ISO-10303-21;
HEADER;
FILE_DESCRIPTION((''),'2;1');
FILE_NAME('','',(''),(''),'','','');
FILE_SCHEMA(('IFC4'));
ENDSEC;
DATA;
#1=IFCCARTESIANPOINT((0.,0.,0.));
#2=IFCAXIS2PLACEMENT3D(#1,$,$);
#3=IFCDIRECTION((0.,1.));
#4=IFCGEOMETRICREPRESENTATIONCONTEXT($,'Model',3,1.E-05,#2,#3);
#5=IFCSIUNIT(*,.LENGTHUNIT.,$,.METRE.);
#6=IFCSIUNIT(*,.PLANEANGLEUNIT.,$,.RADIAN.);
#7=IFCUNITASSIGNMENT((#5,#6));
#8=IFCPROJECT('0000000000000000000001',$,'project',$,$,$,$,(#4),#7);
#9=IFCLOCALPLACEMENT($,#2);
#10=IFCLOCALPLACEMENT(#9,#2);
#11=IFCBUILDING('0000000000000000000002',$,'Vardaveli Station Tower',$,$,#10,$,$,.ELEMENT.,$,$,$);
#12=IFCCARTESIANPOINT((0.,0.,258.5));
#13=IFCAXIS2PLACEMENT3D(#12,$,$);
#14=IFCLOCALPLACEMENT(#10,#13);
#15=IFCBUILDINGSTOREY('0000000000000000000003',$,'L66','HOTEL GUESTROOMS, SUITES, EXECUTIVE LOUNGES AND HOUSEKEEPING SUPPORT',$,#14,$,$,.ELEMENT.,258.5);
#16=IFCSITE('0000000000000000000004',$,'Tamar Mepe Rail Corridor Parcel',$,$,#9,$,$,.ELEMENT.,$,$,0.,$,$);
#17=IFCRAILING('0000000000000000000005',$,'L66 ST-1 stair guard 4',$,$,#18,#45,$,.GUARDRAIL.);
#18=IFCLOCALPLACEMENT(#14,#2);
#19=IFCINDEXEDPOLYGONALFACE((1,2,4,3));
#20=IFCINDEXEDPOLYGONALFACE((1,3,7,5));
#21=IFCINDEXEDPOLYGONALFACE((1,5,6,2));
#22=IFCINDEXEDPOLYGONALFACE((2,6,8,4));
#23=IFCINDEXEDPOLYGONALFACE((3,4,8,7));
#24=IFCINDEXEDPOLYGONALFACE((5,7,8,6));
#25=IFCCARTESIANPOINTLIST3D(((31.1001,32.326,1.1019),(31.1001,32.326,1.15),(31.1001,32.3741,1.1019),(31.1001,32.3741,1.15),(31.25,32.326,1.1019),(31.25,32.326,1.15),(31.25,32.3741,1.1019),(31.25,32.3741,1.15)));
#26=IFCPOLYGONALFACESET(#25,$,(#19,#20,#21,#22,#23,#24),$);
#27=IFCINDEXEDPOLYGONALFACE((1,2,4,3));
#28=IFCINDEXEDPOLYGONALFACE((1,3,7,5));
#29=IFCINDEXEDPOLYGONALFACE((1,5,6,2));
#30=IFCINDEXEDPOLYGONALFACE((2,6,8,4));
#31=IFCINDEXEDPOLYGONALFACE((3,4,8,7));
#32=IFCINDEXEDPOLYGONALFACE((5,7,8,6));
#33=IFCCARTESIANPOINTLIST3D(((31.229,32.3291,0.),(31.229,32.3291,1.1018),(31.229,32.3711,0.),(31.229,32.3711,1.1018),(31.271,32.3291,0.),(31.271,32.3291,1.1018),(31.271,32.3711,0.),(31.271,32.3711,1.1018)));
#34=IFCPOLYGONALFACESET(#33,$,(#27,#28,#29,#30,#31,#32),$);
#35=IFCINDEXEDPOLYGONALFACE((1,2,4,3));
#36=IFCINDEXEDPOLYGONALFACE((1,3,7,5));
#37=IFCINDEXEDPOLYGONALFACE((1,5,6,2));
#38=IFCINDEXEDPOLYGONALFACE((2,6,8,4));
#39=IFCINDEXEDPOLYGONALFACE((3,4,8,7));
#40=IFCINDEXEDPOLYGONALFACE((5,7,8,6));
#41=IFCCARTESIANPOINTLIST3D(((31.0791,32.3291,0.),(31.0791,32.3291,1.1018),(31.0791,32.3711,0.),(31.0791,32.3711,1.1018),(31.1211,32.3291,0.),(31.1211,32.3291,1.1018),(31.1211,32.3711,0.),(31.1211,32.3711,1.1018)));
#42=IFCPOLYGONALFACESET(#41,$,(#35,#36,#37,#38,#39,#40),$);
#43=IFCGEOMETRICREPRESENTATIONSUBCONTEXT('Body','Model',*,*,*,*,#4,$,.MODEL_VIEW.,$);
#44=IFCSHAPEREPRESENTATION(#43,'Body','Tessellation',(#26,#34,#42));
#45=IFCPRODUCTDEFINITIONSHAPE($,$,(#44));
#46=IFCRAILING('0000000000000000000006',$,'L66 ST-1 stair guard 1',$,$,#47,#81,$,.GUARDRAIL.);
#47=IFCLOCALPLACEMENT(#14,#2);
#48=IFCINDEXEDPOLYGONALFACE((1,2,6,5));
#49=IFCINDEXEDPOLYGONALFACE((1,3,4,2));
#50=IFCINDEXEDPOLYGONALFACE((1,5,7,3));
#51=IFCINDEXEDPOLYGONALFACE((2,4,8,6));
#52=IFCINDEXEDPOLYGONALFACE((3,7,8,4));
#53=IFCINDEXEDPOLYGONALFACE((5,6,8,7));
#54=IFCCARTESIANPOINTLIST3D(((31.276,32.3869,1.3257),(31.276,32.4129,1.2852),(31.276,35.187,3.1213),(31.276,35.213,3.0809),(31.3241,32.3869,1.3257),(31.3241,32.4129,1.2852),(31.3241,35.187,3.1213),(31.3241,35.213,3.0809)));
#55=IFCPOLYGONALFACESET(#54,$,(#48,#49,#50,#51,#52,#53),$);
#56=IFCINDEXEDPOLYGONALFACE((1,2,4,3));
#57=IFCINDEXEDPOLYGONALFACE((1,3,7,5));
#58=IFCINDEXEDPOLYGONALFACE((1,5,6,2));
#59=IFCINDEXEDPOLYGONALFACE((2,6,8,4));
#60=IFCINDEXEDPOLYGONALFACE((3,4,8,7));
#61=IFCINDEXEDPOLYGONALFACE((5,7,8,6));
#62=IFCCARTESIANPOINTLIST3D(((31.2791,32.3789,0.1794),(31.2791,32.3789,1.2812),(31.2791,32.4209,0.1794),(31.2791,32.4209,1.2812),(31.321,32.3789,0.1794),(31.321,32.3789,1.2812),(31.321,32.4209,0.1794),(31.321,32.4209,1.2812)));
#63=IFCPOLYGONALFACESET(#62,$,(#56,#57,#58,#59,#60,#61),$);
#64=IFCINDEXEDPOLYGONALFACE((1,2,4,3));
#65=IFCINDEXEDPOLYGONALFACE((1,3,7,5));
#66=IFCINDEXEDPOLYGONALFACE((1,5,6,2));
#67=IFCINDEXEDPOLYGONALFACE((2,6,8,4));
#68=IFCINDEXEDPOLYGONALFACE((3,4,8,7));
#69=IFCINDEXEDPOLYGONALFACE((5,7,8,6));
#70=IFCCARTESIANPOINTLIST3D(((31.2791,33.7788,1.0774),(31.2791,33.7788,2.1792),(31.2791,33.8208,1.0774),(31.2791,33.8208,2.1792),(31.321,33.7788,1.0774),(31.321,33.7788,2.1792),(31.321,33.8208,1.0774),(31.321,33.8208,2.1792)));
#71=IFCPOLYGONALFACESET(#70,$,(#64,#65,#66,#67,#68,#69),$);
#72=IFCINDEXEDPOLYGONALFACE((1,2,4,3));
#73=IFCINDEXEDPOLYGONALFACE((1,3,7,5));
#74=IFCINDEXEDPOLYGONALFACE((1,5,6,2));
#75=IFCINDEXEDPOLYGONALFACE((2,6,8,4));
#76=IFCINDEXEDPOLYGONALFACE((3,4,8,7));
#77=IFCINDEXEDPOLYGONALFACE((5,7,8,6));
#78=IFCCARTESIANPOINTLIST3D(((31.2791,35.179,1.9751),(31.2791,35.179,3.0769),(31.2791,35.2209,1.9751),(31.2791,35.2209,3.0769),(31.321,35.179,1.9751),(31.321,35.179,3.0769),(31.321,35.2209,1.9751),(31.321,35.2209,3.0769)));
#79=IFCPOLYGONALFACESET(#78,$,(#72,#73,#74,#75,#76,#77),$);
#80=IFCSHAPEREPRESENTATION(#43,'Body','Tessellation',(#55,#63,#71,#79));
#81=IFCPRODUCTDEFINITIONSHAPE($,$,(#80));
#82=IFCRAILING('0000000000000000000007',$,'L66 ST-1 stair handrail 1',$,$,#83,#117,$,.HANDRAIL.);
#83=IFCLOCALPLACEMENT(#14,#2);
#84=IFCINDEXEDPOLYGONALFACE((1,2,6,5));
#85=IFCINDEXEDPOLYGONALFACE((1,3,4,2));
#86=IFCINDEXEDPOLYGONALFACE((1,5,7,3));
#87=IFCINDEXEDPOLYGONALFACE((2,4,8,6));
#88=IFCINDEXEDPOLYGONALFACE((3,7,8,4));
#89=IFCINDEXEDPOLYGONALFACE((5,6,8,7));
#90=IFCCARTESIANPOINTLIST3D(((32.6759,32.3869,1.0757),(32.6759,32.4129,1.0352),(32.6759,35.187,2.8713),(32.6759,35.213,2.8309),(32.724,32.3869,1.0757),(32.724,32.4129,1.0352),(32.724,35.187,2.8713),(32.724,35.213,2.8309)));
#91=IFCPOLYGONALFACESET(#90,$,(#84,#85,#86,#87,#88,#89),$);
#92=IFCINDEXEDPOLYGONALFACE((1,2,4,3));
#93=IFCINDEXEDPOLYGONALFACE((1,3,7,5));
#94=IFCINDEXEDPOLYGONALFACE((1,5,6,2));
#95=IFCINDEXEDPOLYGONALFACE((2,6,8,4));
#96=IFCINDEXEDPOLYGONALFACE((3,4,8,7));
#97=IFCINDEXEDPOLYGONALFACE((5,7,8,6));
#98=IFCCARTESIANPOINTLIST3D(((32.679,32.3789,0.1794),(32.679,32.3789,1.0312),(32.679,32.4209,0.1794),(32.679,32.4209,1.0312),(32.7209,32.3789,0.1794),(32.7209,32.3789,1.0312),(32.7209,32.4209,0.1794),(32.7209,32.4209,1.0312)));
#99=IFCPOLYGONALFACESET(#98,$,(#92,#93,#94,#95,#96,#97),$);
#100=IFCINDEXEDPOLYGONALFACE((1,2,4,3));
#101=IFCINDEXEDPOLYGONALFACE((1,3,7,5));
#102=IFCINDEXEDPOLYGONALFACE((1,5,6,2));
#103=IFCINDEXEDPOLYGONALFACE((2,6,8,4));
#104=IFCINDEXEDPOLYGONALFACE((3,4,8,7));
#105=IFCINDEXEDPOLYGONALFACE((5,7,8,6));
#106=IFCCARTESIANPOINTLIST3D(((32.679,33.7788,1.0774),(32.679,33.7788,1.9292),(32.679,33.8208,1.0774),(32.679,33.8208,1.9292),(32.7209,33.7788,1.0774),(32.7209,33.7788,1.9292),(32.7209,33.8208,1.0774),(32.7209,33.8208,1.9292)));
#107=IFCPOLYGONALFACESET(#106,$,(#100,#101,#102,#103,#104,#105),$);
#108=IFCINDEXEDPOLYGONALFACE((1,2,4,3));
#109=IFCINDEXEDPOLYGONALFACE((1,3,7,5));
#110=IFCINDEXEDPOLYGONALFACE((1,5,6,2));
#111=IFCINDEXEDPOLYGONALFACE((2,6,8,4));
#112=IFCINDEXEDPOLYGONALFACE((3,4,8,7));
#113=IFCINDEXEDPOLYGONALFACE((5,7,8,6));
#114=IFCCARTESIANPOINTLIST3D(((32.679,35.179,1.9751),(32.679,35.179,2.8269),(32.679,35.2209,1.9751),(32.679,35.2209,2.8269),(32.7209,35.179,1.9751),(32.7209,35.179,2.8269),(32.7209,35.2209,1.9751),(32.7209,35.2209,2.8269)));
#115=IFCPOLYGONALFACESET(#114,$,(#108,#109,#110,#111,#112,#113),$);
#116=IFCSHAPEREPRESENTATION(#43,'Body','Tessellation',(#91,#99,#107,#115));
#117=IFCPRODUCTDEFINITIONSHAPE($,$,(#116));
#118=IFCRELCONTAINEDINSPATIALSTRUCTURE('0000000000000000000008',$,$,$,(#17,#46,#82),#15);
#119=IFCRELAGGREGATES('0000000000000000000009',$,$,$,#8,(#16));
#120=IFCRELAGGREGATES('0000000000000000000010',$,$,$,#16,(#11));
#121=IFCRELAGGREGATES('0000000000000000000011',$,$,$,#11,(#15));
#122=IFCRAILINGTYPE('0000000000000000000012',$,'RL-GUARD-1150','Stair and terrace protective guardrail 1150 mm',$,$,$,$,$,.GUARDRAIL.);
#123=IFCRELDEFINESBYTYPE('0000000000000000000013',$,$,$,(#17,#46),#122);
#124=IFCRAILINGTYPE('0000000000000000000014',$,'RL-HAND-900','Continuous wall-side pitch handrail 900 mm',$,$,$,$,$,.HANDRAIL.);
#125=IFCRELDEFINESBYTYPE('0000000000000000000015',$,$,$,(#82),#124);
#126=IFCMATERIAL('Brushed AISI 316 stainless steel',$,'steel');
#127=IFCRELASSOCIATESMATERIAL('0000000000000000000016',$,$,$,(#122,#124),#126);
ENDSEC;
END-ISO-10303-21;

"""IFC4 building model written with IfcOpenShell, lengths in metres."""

from ifc_helpers import new_model, si_unit, direction, frame, origin, origin_2d, place, context, subcontext, project, spatial, rectangle, extrude, source, transform, mapped, material, type_object, element, save


model = new_model("IFC4")

# Units and contexts
model_context = context("Model", 3, precision=1e-05, world=origin(), true_north=direction((0.0, 1.0)))
body_context = subcontext(model_context, "Body", "Model", "MODEL_VIEW")
ifc_project = project(units=[si_unit("LENGTHUNIT", "METRE"), si_unit("PLANEANGLEUNIT", "RADIAN")], contexts=[model_context])

# Site, building, storey
site_placement = place(None, origin())
site = spatial("IfcSite", under=ifc_project, at=site_placement, Name="Tamar Mepe Rail Corridor Parcel", CompositionType="ELEMENT", RefElevation=0.0)
building_placement = place(site_placement, origin())
building = spatial("IfcBuilding", under=site, at=building_placement, Name="Vardaveli Station Tower", CompositionType="ELEMENT")
storey_placement = place(building_placement, frame((0.0, 0.0, 258.5)))
storey = spatial("IfcBuildingStorey", under=building, at=storey_placement, Name="L66", Description="HOTEL GUESTROOMS, SUITES, EXECUTIVE LOUNGES AND HOUSEKEEPING SUPPORT", CompositionType="ELEMENT", Elevation=258.5)

# Railings
ifc_material_1 = material(Name="Brushed AISI 316 stainless steel", Category="steel")
railing_type_1 = type_object("IfcRailingType", Name="RL-GUARD-1150", Description="Stair and terrace protective guardrail 1150 mm", PredefinedType="GUARDRAIL", material=ifc_material_1)
shared_shape_1 = source(origin(), body_context, "Body", "SweptSolid", [
    extrude(rectangle(XDim=0.0481, YDim=0.0481, at=origin_2d()), frame((0.0, 0.0, 1.126), z_axis=(-1.0, 0.0, 0.0), x_axis=(0.0, -1.0, 0.0)), (0.0, 0.0, 1.0), 0.1499),
    extrude(rectangle(XDim=0.042, YDim=0.042, at=origin_2d()), origin(), (0.0, 0.0, 1.0), 1.1018),
    extrude(rectangle(XDim=0.042, YDim=0.042, at=origin_2d()), frame((-0.1499, 0.0, 0.0)), (0.0, 0.0, 1.0), 1.1018),
])
railing_1_placement = place(storey_placement, frame((31.25, 32.3501, 0.0)))
element("IfcRailing", 1, at=railing_1_placement, inside=storey, type_object=railing_type_1, Name="L66 ST-1 stair guard 4", PredefinedType="GUARDRAIL", context=body_context, shape_type="MappedRepresentation", body=[
    mapped(shared_shape_1, transform((0.0, 0.0, 0.0), scale=1.0)),
])
shared_shape_2 = source(origin(), body_context, "Body", "SweptSolid", [
    extrude(rectangle(XDim=0.0481, YDim=0.0481, at=origin_2d()), frame((0.0, 0.0, 1.126), z_axis=(0.0, 0.841777, 0.539826), x_axis=(-1.0, 0.0, 0.0)), (0.0, 0.0, 1.0), 3.3264),
    extrude(rectangle(XDim=0.042, YDim=0.042, at=origin_2d()), origin(), (0.0, 0.0, 1.0), 1.1018),
    extrude(rectangle(XDim=0.042, YDim=0.042, at=origin_2d()), frame((0.0, 1.3999, 0.8979)), (0.0, 0.0, 1.0), 1.1018),
    extrude(rectangle(XDim=0.042, YDim=0.042, at=origin_2d()), frame((0.0, 2.8, 1.7957)), (0.0, 0.0, 1.0), 1.1018),
])
railing_2_placement = place(storey_placement, frame((31.3, 32.3999, 0.1794)))
element("IfcRailing", 2, at=railing_2_placement, inside=storey, type_object=railing_type_1, Name="L66 ST-1 stair guard 1", PredefinedType="GUARDRAIL", context=body_context, shape_type="MappedRepresentation", body=[
    mapped(shared_shape_2, transform((0.0, 0.0, 0.0), scale=1.0)),
])
railing_type_2 = type_object("IfcRailingType", Name="RL-HAND-900", Description="Continuous wall-side pitch handrail 900 mm", PredefinedType="HANDRAIL", material=ifc_material_1)
shared_shape_3 = source(origin(), body_context, "Body", "SweptSolid", [
    extrude(rectangle(XDim=0.0481, YDim=0.0481, at=origin_2d()), frame((0.0, 0.0, 0.876), z_axis=(0.0, 0.841777, 0.539826), x_axis=(-1.0, 0.0, 0.0)), (0.0, 0.0, 1.0), 3.3264),
    extrude(rectangle(XDim=0.042, YDim=0.042, at=origin_2d()), origin(), (0.0, 0.0, 1.0), 0.8518),
    extrude(rectangle(XDim=0.042, YDim=0.042, at=origin_2d()), frame((0.0, 1.3999, 0.8979)), (0.0, 0.0, 1.0), 0.8518),
    extrude(rectangle(XDim=0.042, YDim=0.042, at=origin_2d()), frame((0.0, 2.8, 1.7957)), (0.0, 0.0, 1.0), 0.8518),
])
railing_3_placement = place(storey_placement, frame((32.7, 32.3999, 0.1794)))
element("IfcRailing", 3, at=railing_3_placement, inside=storey, type_object=railing_type_2, Name="L66 ST-1 stair handrail 1", PredefinedType="HANDRAIL", context=body_context, shape_type="MappedRepresentation", body=[
    mapped(shared_shape_3, transform((0.0, 0.0, 0.0), scale=1.0)),
])

save(model, "model.ifc")
